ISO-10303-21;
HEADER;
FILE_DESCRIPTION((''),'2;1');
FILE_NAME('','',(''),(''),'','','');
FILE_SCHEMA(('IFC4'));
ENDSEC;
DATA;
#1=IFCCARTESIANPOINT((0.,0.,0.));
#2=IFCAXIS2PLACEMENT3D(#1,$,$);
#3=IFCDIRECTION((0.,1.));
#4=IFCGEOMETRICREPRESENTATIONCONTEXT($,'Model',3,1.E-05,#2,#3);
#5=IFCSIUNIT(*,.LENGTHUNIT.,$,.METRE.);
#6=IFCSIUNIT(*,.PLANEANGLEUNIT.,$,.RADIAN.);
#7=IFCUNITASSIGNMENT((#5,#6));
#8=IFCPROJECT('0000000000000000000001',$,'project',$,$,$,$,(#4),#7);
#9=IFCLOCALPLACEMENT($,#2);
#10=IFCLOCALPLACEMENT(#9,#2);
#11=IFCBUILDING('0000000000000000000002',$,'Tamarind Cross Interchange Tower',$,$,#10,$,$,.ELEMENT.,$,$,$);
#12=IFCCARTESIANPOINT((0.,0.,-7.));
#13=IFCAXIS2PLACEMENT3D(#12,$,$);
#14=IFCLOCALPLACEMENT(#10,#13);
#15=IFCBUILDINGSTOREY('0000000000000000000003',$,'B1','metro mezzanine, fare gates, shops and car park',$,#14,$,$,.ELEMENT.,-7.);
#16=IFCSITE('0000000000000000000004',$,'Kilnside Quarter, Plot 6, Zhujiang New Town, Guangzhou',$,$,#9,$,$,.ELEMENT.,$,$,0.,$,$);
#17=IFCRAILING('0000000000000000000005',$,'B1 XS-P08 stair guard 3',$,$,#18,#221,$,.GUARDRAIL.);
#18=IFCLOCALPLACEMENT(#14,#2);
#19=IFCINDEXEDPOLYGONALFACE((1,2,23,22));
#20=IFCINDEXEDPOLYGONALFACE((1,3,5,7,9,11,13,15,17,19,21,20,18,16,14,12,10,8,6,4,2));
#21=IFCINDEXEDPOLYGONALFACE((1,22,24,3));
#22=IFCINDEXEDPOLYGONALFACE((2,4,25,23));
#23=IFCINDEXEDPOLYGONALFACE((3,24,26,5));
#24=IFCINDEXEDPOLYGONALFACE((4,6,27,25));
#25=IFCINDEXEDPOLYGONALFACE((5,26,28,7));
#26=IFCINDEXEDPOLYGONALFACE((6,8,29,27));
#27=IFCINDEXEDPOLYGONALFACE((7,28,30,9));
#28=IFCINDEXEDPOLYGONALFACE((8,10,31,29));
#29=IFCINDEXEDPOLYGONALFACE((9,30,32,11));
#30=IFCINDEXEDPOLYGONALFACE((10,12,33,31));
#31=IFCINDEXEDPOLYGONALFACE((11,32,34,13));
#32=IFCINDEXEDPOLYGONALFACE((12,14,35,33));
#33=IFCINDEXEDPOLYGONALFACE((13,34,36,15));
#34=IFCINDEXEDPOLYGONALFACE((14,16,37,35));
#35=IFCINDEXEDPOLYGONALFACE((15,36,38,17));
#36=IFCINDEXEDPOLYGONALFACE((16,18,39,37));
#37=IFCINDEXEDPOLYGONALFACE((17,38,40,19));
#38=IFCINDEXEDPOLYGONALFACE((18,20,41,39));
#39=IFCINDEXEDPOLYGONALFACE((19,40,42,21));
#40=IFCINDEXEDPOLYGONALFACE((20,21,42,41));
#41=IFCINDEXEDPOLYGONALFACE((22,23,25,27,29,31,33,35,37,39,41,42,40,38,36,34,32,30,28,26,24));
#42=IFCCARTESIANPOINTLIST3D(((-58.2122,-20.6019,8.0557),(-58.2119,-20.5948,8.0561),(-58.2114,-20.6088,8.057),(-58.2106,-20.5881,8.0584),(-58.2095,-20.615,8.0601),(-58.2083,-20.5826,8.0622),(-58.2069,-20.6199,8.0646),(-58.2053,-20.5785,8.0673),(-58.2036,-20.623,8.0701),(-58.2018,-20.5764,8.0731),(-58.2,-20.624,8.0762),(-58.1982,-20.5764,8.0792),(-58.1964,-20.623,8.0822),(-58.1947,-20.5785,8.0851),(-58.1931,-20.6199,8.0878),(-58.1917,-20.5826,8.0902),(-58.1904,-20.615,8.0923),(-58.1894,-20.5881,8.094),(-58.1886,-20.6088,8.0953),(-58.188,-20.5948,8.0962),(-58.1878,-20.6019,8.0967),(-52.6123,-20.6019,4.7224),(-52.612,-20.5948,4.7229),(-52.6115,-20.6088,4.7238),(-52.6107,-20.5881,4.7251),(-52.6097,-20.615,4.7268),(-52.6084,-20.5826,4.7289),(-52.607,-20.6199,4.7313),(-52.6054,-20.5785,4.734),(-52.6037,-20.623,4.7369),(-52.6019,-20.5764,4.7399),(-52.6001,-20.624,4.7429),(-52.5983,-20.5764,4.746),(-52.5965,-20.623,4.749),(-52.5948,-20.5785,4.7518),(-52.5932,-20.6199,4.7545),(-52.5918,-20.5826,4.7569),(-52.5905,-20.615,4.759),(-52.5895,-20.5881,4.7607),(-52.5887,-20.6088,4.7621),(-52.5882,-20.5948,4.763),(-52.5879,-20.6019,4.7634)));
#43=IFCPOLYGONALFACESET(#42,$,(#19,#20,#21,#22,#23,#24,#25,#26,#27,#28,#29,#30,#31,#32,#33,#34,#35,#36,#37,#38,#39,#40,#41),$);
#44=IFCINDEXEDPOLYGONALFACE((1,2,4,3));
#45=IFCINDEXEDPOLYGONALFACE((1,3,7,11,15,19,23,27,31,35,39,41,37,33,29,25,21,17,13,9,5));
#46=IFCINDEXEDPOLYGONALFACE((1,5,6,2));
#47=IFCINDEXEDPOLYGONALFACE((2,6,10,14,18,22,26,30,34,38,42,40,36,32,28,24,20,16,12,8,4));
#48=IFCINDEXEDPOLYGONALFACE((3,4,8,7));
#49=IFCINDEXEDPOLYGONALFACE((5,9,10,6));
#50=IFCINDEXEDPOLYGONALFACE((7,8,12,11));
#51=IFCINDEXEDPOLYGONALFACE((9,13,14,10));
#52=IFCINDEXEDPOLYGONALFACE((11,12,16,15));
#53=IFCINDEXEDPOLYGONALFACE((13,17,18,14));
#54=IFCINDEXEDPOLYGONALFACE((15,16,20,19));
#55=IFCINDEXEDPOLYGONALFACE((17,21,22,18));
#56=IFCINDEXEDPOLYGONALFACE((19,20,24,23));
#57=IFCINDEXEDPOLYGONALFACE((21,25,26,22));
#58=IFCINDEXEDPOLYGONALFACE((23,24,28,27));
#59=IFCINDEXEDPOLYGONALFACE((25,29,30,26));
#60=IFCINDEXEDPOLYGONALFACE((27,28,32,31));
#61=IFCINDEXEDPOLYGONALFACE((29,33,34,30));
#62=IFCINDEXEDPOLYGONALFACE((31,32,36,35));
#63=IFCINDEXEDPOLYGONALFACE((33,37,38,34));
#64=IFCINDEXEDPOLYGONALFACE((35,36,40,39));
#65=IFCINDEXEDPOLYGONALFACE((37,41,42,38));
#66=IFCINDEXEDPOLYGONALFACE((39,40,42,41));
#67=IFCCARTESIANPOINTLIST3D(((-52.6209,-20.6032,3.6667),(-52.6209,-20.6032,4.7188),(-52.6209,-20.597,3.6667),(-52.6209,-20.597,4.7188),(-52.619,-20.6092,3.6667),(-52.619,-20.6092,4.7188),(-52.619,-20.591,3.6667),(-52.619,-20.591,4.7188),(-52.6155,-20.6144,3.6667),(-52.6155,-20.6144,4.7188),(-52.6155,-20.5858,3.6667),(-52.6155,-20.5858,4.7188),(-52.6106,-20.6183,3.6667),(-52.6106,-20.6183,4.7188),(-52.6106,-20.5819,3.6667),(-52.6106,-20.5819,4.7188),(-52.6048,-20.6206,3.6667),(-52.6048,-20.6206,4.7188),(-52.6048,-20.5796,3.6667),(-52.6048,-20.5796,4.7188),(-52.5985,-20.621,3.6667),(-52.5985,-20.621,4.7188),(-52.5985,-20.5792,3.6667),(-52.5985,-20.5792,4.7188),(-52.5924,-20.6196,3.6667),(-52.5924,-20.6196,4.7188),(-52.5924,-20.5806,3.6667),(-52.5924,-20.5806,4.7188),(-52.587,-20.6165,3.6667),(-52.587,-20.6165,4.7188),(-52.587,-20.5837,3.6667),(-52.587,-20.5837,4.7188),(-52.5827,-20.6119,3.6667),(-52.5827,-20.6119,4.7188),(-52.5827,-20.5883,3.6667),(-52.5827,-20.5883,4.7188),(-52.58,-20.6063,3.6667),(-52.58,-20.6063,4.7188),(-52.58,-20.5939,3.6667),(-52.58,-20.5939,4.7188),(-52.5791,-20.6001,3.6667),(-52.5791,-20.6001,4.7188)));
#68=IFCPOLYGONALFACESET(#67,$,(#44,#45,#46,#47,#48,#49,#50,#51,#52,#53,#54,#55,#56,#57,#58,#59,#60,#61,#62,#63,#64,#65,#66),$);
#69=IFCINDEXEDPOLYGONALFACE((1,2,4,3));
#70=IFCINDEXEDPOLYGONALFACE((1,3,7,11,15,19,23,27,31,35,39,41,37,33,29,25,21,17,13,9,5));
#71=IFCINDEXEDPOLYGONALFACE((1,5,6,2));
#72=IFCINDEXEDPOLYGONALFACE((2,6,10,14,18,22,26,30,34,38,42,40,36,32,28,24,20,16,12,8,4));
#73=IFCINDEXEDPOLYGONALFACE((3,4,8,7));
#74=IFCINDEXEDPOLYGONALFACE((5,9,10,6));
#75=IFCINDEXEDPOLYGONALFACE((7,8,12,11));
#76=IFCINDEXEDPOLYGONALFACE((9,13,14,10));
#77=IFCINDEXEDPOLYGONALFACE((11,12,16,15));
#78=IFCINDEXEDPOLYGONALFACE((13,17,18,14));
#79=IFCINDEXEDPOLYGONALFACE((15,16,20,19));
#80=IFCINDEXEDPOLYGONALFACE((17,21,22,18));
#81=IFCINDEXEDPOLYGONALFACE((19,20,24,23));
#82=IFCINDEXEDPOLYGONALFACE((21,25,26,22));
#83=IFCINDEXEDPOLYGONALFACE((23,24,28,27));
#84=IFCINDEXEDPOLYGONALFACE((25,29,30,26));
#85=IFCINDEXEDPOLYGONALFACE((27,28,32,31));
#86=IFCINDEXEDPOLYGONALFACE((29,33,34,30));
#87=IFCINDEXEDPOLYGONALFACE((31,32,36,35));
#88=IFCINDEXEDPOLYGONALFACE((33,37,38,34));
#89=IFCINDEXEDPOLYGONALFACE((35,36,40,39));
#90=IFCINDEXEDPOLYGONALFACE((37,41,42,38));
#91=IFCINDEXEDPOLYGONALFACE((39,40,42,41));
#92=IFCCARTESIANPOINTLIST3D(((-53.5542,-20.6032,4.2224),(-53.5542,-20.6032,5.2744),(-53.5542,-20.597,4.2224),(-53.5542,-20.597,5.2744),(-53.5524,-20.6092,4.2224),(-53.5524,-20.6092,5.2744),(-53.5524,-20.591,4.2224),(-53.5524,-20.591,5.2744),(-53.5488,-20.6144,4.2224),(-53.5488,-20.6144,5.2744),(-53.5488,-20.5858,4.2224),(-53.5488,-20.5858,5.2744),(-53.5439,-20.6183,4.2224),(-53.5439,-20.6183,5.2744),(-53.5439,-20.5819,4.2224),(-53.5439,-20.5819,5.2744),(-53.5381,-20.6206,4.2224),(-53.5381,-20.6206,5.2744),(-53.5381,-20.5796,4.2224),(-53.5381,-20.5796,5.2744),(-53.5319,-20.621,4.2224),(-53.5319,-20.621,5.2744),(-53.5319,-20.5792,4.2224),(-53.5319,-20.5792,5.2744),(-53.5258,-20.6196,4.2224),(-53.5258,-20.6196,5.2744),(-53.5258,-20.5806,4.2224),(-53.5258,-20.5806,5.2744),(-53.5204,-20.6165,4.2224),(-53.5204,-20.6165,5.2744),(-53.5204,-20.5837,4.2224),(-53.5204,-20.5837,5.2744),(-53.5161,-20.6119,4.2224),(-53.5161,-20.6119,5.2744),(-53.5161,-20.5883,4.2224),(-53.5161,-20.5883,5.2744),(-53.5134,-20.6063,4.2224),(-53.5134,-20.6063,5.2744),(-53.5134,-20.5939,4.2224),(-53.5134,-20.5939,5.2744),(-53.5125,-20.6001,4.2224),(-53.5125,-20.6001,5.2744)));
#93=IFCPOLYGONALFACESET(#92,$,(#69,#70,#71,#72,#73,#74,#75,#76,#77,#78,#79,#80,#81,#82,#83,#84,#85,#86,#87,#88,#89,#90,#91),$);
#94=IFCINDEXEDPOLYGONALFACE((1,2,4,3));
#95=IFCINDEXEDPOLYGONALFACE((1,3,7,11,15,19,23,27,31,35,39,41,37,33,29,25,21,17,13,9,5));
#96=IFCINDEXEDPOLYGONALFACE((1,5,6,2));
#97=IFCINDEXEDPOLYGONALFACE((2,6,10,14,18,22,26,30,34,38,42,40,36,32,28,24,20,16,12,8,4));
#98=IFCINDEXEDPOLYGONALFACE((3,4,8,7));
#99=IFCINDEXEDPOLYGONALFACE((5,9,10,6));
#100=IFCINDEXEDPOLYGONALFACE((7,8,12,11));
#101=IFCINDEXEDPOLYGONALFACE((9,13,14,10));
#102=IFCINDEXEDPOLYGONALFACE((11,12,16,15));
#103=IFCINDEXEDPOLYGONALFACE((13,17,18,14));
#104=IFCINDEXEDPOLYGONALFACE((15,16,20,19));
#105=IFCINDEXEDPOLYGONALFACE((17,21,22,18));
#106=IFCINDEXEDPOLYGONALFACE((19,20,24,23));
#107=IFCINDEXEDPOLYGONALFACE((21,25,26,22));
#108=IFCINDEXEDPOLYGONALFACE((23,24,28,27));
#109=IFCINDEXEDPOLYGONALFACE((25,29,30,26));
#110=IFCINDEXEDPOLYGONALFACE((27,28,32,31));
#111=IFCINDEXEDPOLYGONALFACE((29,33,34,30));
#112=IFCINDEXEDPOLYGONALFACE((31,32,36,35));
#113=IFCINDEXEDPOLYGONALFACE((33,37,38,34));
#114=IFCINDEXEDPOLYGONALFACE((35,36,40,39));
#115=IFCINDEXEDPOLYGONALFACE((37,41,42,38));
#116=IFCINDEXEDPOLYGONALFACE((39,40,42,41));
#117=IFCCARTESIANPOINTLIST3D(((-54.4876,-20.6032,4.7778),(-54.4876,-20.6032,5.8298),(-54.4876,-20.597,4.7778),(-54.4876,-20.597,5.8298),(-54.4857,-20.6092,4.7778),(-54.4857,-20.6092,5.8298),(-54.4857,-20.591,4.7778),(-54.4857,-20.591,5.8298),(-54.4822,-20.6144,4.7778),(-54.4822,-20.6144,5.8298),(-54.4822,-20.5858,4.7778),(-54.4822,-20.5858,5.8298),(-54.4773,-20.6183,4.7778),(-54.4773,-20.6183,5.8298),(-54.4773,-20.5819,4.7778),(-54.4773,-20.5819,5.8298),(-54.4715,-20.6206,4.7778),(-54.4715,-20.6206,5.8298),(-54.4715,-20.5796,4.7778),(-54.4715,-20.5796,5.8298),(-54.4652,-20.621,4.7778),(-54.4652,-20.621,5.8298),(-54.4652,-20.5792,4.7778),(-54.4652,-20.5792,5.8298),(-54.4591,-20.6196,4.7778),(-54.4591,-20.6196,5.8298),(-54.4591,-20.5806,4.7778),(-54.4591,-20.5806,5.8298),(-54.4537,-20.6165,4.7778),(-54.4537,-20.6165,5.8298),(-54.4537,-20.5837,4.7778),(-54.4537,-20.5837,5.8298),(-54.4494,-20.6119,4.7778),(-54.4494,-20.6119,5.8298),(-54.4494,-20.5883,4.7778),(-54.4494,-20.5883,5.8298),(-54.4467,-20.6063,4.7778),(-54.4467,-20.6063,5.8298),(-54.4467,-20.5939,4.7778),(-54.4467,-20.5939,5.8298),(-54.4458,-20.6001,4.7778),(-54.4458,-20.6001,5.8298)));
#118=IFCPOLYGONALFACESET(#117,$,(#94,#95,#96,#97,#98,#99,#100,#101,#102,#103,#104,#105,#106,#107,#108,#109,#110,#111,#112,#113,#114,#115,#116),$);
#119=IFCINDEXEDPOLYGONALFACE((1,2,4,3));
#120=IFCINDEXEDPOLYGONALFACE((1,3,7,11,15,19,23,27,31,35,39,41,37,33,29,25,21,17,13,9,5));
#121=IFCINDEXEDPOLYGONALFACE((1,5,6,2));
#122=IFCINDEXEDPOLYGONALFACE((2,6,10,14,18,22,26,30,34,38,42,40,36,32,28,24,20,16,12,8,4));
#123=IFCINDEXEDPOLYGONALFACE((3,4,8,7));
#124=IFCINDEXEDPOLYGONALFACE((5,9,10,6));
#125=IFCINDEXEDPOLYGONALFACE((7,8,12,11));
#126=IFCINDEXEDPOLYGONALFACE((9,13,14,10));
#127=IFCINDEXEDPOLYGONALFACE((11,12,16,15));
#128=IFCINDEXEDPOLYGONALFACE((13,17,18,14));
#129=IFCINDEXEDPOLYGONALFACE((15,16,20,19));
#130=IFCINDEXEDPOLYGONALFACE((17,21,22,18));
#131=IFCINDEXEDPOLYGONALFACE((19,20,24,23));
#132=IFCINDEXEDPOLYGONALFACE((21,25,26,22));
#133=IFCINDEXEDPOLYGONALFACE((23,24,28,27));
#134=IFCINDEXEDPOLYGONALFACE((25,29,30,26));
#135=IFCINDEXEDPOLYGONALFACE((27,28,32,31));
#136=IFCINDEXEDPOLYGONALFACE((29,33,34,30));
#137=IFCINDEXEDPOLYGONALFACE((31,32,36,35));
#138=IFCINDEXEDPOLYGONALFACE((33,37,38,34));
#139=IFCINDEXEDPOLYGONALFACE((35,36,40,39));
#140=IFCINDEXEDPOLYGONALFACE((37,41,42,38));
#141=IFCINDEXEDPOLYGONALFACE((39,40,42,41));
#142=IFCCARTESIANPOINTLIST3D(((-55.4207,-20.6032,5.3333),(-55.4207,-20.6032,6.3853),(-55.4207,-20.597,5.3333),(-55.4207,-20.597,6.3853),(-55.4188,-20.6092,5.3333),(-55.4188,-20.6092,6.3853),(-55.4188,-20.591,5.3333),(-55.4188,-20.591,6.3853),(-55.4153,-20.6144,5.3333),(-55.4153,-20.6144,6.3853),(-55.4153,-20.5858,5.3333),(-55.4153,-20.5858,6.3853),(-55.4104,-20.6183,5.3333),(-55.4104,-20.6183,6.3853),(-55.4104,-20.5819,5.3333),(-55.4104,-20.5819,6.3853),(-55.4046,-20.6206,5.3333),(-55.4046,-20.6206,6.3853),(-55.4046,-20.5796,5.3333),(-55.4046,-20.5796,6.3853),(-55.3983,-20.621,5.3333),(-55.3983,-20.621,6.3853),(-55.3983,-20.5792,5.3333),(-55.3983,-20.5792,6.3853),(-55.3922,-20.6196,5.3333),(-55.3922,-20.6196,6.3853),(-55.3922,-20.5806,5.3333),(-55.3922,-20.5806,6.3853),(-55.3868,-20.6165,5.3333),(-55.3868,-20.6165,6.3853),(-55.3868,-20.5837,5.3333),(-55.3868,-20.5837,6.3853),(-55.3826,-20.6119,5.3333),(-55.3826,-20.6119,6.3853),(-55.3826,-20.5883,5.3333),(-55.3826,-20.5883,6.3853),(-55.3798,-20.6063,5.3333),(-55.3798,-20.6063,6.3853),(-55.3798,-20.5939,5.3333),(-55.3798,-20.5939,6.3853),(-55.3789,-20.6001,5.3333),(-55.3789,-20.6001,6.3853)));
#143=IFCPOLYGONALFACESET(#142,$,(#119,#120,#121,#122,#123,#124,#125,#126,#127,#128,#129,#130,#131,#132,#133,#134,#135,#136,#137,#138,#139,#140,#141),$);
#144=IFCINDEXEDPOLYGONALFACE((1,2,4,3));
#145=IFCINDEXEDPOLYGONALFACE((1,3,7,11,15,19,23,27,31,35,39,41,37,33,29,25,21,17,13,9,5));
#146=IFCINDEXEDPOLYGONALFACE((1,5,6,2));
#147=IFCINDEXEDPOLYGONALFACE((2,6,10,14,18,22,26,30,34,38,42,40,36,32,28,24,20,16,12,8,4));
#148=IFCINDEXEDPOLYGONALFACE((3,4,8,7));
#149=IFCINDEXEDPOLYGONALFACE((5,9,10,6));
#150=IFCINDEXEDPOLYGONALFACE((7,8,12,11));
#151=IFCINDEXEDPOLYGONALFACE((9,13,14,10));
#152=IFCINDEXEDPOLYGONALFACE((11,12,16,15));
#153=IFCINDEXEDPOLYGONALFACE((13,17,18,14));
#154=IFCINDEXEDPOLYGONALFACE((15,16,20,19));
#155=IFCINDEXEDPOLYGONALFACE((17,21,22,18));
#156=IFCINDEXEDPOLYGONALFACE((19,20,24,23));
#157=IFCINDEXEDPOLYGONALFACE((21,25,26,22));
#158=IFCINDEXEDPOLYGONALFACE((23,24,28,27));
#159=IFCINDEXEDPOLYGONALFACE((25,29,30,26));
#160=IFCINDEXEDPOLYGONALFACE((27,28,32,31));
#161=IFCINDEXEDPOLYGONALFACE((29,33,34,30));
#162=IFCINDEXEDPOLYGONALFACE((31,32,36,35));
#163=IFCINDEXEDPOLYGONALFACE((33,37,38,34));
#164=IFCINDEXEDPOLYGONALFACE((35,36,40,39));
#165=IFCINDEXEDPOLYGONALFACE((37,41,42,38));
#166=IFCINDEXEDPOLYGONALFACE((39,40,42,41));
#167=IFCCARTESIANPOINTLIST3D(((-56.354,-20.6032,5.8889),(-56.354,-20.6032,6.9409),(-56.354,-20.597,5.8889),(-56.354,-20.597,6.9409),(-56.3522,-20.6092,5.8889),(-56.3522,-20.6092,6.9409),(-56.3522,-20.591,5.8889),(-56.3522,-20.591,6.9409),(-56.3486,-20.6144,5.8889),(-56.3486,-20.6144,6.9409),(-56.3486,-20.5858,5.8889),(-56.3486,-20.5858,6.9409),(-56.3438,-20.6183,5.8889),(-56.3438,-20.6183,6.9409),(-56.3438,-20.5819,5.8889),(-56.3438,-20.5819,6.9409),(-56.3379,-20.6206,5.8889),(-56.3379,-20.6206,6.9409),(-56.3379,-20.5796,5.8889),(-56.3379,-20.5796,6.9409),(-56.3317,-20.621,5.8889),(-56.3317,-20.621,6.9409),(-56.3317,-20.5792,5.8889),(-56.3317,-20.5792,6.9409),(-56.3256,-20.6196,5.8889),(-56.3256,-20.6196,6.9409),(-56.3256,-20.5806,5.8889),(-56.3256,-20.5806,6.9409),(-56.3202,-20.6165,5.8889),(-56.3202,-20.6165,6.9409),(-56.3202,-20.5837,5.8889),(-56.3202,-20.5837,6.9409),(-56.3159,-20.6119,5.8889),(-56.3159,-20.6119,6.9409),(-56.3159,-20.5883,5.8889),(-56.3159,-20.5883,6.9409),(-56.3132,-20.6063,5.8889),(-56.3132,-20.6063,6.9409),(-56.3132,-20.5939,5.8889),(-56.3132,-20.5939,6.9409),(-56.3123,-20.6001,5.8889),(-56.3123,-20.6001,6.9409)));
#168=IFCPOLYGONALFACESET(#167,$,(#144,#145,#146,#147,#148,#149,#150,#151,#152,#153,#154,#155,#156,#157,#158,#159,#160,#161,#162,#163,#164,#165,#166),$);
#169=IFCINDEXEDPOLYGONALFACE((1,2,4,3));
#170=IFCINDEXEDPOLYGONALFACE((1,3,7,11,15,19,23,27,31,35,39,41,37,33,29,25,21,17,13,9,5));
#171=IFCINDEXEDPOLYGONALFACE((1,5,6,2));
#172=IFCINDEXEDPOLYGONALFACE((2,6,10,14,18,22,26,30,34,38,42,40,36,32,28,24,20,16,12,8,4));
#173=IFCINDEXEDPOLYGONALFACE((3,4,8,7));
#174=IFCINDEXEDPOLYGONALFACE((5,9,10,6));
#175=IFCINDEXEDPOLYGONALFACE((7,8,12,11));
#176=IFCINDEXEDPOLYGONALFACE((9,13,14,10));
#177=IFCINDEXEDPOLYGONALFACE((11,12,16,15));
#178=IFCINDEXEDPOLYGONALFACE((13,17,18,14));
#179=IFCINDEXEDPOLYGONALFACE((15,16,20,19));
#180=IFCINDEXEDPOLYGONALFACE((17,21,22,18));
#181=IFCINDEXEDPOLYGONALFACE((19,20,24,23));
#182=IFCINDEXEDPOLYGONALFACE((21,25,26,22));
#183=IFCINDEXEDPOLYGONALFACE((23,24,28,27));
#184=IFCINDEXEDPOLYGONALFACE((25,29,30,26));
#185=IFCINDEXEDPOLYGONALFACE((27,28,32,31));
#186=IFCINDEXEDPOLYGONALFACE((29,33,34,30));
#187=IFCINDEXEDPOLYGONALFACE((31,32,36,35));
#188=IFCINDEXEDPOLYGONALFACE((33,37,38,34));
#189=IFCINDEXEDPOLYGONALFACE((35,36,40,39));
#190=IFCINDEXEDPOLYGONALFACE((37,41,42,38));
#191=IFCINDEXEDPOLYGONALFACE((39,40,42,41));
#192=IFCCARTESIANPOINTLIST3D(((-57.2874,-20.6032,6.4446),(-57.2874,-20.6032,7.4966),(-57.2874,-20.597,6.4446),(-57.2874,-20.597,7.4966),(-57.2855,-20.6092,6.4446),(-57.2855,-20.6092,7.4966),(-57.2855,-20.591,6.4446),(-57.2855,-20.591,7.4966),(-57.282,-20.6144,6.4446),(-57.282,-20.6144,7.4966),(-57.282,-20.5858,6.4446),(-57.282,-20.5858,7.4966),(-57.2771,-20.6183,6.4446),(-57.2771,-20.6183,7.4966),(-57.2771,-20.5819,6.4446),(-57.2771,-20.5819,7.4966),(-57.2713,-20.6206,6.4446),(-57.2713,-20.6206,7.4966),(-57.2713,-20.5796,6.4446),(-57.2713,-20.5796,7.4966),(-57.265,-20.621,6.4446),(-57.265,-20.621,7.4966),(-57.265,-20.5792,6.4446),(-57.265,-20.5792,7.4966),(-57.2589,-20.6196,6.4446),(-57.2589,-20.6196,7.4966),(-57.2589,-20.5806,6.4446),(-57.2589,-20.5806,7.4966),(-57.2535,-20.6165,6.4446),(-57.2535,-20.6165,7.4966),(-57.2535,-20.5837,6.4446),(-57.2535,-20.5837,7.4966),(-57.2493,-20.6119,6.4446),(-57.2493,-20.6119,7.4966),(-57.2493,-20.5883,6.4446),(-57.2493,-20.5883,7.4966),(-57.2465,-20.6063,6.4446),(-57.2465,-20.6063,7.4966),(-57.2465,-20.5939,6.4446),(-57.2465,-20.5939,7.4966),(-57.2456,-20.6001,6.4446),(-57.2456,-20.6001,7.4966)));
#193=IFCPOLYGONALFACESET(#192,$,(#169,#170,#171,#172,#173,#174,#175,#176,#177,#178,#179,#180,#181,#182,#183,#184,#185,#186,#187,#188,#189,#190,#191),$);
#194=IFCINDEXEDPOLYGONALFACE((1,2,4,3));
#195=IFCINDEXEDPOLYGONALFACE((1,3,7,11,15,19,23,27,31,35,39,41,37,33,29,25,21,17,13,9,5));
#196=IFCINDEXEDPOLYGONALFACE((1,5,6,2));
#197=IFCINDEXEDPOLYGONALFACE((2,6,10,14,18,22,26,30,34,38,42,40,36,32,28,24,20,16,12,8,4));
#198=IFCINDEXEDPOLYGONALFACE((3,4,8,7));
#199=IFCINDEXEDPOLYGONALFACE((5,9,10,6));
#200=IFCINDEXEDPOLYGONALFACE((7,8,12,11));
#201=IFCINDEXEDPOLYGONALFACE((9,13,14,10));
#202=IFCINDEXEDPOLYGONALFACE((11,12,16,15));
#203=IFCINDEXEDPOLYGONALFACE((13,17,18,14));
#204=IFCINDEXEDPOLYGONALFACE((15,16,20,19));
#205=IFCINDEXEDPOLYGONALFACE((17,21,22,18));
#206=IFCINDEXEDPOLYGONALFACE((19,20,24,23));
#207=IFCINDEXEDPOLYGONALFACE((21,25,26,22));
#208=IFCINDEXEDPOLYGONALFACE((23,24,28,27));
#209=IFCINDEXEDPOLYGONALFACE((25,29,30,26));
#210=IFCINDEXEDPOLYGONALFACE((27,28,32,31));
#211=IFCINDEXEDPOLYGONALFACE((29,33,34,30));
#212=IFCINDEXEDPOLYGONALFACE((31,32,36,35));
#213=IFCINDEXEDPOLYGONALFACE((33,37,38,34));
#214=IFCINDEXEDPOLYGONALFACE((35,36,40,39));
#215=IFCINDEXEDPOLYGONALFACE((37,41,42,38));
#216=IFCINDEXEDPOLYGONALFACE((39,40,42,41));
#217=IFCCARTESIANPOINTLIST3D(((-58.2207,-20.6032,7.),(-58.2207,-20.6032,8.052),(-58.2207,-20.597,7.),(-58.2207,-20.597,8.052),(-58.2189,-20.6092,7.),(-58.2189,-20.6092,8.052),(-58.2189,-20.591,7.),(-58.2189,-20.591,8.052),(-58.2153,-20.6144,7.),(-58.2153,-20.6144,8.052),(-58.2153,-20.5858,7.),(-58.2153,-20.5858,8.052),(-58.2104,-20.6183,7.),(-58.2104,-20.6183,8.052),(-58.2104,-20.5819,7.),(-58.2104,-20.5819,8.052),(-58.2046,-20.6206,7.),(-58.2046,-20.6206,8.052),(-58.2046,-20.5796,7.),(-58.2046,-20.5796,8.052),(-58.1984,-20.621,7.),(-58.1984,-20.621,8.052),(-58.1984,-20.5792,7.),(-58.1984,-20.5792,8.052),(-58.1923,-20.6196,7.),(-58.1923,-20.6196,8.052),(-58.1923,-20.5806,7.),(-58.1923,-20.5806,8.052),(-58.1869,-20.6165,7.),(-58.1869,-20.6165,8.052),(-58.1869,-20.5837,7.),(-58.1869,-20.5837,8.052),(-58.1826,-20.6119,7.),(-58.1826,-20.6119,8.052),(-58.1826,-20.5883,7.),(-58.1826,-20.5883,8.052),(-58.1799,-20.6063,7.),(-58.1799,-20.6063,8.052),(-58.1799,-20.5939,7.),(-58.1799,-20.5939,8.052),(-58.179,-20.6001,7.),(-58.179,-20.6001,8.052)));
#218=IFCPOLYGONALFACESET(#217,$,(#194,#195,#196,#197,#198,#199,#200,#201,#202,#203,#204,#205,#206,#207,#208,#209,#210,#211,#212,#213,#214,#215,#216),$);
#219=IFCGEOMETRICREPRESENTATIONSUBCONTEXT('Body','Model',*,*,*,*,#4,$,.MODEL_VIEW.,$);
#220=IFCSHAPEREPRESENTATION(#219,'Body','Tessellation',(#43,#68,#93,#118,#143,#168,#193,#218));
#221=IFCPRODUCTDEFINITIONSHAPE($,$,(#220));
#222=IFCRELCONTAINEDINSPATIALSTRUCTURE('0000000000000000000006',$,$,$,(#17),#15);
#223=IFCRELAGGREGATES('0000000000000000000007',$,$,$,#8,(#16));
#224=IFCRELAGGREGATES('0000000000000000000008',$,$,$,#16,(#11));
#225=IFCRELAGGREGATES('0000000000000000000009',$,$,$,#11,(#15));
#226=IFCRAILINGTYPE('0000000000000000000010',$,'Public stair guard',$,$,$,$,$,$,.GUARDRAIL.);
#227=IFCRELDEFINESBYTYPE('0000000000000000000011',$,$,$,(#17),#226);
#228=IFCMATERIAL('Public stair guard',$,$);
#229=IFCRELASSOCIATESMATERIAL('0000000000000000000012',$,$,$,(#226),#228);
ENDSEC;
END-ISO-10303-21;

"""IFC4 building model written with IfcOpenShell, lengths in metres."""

from ifc_helpers import new_model, si_unit, direction, frame, origin, origin_2d, place, context, subcontext, project, spatial, circle, extrude, material, type_object, element, save


model = new_model("IFC4")

# Units and contexts
model_context = context("Model", 3, precision=1e-05, world=origin(), true_north=direction((0.0, 1.0)))
body_context = subcontext(model_context, "Body", "Model", "MODEL_VIEW")
ifc_project = project(units=[si_unit("LENGTHUNIT", "METRE"), si_unit("PLANEANGLEUNIT", "RADIAN")], contexts=[model_context])

# Site, building, storey
site_placement = place(None, origin())
site = spatial("IfcSite", under=ifc_project, at=site_placement, Name="Kilnside Quarter, Plot 6, Zhujiang New Town, Guangzhou", CompositionType="ELEMENT", RefElevation=0.0)
building_placement = place(site_placement, origin())
building = spatial("IfcBuilding", under=site, at=building_placement, Name="Tamarind Cross Interchange Tower", CompositionType="ELEMENT")
storey_placement = place(building_placement, frame((0.0, 0.0, -7.0)))
storey = spatial("IfcBuildingStorey", under=building, at=storey_placement, Name="B1", Description="metro mezzanine, fare gates, shops and car park", CompositionType="ELEMENT", Elevation=-7.0)

# Railing
ifc_material_1 = material(Name="Public stair guard")
railing_type_1 = type_object("IfcRailingType", Name="Public stair guard", PredefinedType="GUARDRAIL", material=ifc_material_1)
railing_1_placement = place(storey_placement, frame((-52.6001, -20.6001, 3.6667)))
element("IfcRailing", 1, at=railing_1_placement, inside=storey, type_object=railing_type_1, Name="B1 XS-P08 stair guard 3", PredefinedType="GUARDRAIL", context=body_context, shape_type="SweptSolid", body=[
    extrude(circle(Radius=0.0239, at=origin_2d()), frame((0.0, 0.0, 1.0762), z_axis=(-0.859292, 0.0, 0.511485), x_axis=(0.0, -1.0, 0.0)), (0.0, 0.0, 1.0), 6.5168),
    extrude(circle(Radius=0.021, at=origin_2d()), origin(), (0.0, 0.0, 1.0), 1.052),
    extrude(circle(Radius=0.021, at=origin_2d()), frame((-0.9333, 0.0, 0.5557)), (0.0, 0.0, 1.0), 1.052),
    extrude(circle(Radius=0.021, at=origin_2d()), frame((-1.8667, 0.0, 1.1111)), (0.0, 0.0, 1.0), 1.052),
    extrude(circle(Radius=0.021, at=origin_2d()), frame((-2.7998, 0.0, 1.6665)), (0.0, 0.0, 1.0), 1.052),
    extrude(circle(Radius=0.021, at=origin_2d()), frame((-3.7332, 0.0, 2.2222)), (0.0, 0.0, 1.0), 1.052),
    extrude(circle(Radius=0.021, at=origin_2d()), frame((-4.6665, 0.0, 2.7778)), (0.0, 0.0, 1.0), 1.052),
    extrude(circle(Radius=0.021, at=origin_2d()), frame((-5.5999, 0.0, 3.3333)), (0.0, 0.0, 1.0), 1.052),
])

save(model, "model.ifc")
